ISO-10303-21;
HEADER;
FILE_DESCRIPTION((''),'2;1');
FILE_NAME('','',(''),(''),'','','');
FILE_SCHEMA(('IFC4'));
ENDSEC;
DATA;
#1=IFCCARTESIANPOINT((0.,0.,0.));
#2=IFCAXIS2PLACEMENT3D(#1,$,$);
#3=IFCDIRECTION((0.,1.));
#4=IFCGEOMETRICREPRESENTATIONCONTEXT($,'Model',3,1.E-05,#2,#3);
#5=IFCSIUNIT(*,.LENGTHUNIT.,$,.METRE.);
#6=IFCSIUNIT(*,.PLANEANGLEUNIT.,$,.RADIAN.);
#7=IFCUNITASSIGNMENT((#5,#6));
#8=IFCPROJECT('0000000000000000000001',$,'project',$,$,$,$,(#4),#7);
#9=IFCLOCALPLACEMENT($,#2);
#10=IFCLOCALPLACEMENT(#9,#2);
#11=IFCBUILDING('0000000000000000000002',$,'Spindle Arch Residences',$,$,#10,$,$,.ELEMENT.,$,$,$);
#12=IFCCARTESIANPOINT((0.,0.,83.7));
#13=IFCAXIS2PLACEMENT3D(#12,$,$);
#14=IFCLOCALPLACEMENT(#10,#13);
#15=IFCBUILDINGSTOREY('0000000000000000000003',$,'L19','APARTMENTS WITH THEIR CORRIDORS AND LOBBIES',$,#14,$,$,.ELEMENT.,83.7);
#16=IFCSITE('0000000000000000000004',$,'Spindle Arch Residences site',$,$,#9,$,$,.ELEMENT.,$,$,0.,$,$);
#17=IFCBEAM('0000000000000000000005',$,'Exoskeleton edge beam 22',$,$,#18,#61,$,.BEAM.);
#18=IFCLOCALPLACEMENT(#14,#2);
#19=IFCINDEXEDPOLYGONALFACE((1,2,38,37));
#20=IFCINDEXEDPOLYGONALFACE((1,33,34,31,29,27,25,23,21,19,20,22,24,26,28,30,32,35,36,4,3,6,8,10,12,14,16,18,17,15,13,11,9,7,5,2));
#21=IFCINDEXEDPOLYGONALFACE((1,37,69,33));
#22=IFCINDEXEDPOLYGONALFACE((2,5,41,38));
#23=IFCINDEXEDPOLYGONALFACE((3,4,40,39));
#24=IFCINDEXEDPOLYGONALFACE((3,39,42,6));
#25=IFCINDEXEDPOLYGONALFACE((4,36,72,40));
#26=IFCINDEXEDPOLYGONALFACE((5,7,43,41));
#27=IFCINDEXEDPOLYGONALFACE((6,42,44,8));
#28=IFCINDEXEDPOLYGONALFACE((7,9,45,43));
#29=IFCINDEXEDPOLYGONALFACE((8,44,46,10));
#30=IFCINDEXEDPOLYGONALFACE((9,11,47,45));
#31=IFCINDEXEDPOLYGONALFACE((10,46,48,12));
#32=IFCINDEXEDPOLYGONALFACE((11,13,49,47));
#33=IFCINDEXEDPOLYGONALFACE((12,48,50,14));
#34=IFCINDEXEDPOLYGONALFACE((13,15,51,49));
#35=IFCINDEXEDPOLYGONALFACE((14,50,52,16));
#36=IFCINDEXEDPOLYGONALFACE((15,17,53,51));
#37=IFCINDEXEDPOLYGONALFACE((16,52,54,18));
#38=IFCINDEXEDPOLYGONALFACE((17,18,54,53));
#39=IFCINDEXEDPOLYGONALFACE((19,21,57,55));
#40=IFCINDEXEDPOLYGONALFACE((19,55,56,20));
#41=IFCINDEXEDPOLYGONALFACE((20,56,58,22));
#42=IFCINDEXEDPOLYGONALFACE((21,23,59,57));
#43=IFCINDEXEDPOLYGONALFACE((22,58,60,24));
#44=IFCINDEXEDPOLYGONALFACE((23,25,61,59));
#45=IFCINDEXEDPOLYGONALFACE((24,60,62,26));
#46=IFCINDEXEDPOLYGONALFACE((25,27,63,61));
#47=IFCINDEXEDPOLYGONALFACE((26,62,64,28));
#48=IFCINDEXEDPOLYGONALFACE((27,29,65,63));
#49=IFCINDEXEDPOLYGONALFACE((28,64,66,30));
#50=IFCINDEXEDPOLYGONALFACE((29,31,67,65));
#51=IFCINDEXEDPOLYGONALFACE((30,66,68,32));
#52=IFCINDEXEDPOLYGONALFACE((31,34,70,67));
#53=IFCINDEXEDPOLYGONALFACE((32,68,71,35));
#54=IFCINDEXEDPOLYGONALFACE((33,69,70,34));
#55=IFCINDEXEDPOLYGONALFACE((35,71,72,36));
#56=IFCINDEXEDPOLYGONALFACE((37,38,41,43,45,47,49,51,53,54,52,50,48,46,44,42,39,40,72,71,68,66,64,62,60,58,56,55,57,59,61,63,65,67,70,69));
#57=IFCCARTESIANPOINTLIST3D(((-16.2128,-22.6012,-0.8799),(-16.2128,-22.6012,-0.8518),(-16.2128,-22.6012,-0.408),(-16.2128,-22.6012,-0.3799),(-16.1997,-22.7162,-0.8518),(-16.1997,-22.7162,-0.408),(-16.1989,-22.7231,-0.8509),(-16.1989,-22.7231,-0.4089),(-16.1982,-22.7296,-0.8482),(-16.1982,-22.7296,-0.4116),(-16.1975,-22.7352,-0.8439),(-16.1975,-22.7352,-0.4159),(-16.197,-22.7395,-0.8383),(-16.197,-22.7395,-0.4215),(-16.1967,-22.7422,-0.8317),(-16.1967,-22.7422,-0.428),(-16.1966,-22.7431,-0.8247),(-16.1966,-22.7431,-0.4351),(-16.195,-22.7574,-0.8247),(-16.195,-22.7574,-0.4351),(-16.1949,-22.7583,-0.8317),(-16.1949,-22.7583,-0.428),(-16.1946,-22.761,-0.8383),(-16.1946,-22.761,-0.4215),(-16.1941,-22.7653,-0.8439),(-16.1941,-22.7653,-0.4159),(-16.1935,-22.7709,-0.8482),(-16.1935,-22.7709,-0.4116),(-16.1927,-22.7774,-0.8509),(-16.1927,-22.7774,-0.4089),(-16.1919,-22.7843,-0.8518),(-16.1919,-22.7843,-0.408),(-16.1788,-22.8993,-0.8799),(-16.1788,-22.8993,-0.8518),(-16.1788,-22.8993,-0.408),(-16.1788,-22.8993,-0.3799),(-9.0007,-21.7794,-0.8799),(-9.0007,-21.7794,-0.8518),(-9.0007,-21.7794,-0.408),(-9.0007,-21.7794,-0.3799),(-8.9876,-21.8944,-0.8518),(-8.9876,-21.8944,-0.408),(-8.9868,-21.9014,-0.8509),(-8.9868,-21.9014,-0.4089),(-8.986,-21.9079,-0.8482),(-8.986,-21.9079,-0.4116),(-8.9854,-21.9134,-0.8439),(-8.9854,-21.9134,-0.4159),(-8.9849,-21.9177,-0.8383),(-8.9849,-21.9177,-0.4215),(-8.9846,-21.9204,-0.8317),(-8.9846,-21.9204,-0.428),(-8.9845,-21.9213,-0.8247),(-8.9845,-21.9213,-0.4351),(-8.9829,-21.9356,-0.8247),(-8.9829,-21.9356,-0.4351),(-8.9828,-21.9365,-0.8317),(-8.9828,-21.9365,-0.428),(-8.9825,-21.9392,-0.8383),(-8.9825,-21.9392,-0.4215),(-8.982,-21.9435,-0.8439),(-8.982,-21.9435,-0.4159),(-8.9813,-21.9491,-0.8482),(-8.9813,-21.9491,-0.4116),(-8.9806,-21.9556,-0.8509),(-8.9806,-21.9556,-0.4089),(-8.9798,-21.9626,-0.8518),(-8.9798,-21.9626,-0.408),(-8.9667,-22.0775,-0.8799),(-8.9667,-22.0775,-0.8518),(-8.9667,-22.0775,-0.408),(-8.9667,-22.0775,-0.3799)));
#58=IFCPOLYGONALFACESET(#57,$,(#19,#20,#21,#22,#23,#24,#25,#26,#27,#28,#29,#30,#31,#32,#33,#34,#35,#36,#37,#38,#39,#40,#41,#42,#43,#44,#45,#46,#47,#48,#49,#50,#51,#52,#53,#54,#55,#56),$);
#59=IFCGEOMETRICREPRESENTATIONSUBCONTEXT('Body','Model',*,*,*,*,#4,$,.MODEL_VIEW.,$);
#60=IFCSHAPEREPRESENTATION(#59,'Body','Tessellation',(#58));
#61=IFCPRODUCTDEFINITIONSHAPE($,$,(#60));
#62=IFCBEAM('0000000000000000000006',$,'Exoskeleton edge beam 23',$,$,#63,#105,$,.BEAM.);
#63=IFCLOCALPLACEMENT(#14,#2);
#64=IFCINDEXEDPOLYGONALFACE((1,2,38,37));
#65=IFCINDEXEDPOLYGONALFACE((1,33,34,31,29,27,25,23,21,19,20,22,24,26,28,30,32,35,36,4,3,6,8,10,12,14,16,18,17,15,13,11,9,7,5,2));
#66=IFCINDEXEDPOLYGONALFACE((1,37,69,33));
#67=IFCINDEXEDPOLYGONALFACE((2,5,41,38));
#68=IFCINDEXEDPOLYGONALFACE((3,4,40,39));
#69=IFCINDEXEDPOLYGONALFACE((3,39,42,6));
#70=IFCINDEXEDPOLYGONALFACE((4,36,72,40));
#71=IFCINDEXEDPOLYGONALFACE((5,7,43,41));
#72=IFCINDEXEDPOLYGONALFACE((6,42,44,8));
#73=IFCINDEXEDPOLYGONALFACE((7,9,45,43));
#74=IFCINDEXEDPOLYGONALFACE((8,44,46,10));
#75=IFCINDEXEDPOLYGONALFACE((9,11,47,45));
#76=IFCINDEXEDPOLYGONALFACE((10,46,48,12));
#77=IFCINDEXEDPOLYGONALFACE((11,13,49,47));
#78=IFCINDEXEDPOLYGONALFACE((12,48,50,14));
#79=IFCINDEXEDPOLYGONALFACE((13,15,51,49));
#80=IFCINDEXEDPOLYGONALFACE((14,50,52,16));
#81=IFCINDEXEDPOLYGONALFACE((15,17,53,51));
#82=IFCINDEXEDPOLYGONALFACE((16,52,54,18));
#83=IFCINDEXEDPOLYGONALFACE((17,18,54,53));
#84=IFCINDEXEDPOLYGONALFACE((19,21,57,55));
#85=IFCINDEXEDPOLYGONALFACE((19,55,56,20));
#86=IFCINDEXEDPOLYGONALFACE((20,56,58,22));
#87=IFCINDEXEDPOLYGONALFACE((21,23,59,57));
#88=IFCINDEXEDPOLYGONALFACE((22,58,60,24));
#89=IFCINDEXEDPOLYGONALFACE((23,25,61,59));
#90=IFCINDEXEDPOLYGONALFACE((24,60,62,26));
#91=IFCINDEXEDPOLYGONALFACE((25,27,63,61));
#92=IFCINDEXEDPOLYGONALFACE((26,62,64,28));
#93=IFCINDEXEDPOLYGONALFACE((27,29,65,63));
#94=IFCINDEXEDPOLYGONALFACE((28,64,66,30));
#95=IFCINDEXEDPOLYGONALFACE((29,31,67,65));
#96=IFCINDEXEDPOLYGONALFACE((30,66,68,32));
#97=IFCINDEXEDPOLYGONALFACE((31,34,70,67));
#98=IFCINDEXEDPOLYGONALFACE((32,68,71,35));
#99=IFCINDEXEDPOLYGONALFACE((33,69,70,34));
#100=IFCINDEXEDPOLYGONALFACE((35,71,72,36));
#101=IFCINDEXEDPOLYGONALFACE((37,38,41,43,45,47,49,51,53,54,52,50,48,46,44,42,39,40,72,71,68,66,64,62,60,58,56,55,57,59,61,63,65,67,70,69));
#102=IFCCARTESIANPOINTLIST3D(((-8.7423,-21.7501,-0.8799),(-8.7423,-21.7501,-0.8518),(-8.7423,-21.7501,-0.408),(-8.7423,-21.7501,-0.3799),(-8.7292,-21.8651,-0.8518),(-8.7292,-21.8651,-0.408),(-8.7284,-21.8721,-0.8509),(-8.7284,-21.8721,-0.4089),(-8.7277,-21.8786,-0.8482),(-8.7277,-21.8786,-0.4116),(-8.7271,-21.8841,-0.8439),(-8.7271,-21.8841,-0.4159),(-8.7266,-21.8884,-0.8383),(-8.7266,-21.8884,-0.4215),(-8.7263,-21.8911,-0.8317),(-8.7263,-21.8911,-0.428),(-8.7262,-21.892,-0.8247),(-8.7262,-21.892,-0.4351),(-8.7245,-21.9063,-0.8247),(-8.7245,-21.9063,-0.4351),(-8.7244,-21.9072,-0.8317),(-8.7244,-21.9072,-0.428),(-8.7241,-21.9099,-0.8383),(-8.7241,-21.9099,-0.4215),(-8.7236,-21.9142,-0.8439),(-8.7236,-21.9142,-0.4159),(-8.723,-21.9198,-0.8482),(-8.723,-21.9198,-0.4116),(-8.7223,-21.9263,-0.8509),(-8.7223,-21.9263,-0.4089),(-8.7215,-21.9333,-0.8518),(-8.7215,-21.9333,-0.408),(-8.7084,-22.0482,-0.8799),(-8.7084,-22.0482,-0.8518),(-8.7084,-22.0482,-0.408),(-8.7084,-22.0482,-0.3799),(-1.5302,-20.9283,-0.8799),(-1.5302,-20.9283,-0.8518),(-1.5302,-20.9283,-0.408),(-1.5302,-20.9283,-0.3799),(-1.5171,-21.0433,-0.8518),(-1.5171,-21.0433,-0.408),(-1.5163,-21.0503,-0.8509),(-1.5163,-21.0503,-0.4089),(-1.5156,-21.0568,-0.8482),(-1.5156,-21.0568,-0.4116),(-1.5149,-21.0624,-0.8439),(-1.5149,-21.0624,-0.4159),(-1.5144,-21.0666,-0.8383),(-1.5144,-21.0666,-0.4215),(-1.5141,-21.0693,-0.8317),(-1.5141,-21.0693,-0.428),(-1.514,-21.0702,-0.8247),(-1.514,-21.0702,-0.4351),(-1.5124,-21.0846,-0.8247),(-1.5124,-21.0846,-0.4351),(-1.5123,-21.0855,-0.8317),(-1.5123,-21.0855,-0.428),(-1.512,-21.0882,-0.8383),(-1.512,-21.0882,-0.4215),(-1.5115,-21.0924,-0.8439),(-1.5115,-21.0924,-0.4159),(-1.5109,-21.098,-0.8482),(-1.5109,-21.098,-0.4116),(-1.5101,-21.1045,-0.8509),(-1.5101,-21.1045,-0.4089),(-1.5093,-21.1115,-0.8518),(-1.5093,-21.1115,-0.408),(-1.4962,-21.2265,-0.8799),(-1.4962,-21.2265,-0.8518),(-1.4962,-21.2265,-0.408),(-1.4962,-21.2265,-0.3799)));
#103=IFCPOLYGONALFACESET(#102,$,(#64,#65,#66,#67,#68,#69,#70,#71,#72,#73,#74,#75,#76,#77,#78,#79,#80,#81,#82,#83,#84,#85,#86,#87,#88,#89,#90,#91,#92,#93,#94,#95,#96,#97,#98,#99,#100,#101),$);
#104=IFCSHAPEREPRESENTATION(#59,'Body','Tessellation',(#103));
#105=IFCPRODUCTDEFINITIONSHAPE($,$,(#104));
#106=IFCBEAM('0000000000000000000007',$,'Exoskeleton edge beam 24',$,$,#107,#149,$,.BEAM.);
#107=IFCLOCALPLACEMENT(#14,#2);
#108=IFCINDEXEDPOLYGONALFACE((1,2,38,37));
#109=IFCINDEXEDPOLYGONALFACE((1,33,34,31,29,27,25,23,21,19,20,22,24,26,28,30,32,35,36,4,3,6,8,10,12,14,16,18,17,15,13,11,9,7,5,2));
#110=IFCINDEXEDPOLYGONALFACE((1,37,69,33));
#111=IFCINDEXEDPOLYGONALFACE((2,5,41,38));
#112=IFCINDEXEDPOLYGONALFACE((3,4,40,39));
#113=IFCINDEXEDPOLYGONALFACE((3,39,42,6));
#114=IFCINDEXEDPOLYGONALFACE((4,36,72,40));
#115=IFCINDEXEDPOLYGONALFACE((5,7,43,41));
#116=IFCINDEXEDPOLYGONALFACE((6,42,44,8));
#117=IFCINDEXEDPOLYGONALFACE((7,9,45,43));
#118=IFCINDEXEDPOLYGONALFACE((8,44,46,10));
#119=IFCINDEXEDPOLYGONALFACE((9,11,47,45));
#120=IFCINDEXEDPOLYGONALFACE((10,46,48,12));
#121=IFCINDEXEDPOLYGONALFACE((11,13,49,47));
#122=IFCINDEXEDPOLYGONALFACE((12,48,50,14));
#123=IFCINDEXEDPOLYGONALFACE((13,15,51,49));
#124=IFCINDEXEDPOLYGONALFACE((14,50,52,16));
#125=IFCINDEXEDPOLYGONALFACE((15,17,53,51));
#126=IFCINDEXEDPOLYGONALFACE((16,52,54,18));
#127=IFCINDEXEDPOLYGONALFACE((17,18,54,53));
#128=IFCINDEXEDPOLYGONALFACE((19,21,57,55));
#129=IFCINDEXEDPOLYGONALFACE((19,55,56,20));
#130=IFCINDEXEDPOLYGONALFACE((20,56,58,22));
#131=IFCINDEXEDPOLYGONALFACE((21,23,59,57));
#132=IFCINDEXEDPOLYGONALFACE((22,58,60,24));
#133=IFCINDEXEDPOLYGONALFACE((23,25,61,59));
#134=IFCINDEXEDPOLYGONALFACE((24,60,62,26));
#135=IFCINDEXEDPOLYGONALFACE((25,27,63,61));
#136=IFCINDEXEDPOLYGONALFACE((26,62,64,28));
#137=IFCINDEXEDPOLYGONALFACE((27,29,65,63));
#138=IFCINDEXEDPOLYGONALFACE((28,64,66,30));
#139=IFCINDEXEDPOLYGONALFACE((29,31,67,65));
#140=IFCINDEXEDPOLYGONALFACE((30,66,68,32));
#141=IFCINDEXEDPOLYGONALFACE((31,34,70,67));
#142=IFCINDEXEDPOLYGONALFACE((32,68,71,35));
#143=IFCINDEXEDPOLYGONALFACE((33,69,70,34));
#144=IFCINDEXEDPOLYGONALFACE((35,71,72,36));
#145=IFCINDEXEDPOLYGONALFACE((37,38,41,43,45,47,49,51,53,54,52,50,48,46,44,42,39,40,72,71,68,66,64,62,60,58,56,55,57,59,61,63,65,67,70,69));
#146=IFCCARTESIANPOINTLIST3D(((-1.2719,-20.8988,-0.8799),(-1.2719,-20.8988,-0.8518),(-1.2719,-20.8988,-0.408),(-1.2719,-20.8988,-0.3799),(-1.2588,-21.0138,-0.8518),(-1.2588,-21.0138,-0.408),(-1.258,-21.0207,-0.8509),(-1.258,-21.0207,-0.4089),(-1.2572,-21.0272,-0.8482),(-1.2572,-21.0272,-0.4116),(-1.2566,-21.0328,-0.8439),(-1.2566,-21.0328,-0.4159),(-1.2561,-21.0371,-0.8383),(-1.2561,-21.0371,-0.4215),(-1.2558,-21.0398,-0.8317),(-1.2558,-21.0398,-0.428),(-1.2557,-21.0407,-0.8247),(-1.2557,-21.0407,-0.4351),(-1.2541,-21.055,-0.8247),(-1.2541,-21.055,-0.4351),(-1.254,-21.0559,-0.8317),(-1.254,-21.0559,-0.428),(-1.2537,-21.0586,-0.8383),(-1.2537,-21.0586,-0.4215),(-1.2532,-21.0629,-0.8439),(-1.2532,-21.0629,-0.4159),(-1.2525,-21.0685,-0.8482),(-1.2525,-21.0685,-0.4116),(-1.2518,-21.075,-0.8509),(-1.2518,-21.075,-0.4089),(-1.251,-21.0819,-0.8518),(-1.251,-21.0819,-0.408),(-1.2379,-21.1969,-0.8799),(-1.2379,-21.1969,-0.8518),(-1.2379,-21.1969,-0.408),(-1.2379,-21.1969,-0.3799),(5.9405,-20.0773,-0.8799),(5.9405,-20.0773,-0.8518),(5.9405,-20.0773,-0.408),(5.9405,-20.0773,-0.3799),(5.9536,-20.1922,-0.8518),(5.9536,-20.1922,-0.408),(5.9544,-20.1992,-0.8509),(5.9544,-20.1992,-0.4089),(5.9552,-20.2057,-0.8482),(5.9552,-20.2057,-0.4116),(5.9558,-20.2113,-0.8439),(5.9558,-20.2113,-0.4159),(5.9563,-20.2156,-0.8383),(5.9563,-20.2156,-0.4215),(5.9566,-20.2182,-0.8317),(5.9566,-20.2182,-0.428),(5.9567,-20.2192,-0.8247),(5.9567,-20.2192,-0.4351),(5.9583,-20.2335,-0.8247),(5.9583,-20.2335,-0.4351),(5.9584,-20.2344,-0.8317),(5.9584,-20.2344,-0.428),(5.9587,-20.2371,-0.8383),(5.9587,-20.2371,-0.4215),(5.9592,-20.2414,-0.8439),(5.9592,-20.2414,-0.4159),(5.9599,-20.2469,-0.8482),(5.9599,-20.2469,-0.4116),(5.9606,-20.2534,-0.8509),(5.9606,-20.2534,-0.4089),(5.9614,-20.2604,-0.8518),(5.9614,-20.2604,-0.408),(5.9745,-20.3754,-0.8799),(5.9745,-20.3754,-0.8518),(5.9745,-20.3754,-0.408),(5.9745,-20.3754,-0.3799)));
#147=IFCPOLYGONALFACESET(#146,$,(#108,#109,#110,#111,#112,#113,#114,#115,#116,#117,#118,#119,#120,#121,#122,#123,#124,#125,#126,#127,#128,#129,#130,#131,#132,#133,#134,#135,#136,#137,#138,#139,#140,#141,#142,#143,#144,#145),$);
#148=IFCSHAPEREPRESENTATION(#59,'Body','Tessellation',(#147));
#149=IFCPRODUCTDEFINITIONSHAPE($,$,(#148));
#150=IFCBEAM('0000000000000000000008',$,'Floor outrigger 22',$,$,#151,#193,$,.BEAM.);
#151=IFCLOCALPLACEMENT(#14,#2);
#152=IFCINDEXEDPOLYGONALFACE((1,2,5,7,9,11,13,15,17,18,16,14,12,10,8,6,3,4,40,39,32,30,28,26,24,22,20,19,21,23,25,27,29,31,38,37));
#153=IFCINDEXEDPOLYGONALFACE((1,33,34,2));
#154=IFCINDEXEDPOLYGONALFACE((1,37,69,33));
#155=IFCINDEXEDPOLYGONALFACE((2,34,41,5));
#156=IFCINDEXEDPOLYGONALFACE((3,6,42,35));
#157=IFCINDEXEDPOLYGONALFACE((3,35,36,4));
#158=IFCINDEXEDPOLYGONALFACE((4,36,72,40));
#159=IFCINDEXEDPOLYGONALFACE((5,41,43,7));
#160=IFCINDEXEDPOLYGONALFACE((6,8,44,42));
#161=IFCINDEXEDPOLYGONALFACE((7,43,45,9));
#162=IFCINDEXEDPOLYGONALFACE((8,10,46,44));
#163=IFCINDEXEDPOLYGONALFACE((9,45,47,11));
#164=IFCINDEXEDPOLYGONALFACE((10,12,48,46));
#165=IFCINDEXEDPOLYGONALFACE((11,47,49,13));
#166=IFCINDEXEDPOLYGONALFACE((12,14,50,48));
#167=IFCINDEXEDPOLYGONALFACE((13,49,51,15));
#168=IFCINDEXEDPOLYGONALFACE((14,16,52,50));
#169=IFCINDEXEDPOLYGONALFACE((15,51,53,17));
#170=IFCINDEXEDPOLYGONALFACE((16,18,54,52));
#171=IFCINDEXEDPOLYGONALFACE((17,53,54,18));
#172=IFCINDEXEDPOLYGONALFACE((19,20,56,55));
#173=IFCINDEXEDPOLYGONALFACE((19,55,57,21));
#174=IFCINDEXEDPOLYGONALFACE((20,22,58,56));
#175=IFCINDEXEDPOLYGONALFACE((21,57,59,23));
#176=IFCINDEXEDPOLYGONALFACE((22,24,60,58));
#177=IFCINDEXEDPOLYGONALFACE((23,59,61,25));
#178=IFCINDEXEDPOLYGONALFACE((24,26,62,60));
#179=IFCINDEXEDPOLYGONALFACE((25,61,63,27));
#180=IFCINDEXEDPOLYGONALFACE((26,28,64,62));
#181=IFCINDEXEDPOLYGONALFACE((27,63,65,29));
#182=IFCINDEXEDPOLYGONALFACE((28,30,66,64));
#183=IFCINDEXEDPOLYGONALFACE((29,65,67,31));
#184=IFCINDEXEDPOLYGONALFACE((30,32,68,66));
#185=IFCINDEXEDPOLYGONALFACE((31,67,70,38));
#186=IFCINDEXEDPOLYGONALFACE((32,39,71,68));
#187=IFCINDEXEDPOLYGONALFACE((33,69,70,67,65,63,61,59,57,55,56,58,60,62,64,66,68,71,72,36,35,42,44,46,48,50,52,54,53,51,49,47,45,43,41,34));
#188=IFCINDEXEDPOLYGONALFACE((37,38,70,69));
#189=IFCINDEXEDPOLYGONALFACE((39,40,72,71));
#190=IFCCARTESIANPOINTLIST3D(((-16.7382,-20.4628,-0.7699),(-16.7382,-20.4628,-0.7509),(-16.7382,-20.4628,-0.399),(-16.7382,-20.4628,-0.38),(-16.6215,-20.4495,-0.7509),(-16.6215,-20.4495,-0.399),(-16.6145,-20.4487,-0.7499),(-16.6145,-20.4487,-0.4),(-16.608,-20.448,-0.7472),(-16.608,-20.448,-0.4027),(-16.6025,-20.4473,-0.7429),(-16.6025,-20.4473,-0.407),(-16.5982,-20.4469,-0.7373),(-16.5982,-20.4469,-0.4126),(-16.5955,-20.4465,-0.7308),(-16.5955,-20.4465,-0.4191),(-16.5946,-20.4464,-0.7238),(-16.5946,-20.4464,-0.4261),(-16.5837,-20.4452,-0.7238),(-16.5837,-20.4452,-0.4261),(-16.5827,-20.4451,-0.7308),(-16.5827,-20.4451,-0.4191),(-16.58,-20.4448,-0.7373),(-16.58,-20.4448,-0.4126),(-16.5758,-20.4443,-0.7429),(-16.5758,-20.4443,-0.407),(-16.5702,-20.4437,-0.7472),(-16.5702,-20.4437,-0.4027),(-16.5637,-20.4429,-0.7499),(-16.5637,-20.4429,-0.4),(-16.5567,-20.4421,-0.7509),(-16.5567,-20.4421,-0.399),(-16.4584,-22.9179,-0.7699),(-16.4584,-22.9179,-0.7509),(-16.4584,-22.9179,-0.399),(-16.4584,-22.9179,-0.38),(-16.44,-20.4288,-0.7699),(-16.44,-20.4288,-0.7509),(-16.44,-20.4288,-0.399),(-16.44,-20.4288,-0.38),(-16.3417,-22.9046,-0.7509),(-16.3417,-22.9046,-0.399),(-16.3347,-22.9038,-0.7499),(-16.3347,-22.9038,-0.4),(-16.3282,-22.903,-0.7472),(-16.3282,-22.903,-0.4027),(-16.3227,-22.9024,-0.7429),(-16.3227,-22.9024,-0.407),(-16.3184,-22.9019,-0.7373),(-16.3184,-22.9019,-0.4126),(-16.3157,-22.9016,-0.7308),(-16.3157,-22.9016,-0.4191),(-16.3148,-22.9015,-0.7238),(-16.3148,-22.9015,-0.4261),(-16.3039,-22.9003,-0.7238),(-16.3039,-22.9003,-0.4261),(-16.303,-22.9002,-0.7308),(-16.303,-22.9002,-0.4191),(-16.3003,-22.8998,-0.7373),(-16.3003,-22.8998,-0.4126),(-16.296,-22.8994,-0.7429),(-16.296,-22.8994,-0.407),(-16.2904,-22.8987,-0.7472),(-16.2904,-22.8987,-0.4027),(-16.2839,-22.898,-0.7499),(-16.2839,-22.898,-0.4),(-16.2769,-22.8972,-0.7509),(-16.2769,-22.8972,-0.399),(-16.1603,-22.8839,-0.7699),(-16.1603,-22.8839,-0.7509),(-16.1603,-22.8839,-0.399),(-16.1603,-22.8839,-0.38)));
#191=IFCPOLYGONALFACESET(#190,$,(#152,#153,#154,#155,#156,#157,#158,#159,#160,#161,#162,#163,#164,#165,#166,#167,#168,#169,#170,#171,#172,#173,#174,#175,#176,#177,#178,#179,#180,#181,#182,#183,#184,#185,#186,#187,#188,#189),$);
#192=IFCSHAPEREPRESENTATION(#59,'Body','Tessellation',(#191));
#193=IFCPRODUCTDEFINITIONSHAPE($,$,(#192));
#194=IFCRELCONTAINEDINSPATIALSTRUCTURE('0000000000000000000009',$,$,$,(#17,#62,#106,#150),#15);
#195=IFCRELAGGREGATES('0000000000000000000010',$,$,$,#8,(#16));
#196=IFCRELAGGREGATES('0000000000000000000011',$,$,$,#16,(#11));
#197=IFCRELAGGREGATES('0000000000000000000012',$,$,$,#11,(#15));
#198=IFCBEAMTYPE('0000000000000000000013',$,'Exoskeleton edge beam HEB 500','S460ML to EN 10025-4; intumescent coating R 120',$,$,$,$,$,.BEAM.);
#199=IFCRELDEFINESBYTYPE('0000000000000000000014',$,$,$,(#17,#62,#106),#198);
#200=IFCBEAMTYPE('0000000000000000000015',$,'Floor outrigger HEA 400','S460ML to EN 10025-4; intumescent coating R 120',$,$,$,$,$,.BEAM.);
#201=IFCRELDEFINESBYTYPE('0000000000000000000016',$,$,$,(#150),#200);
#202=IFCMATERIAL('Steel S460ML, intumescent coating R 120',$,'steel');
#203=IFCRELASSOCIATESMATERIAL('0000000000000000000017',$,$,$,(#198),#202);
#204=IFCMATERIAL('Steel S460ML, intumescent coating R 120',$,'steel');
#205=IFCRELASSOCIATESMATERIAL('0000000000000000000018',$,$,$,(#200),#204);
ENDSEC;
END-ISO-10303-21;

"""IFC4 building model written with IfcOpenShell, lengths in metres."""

from ifc_helpers import new_model, si_unit, direction, frame, origin, origin_2d, place, context, subcontext, project, spatial, i_section, extrude, material, material_profile, profile_set, type_object, element, save


model = new_model("IFC4")

# Units and contexts
model_context = context("Model", 3, precision=1e-05, world=origin(), true_north=direction((0.0, 1.0)))
body_context = subcontext(model_context, "Body", "Model", "MODEL_VIEW")
ifc_project = project(units=[si_unit("LENGTHUNIT", "METRE"), si_unit("PLANEANGLEUNIT", "RADIAN")], contexts=[model_context])

# Site, building, storey
site_placement = place(None, origin())
site = spatial("IfcSite", under=ifc_project, at=site_placement, Name="Spindle Arch Residences site", CompositionType="ELEMENT", RefElevation=0.0)
building_placement = place(site_placement, origin())
building = spatial("IfcBuilding", under=site, at=building_placement, Name="Spindle Arch Residences", CompositionType="ELEMENT")
storey_placement = place(building_placement, frame((0.0, 0.0, 83.7)))
storey = spatial("IfcBuildingStorey", under=building, at=storey_placement, Name="L19", Description="APARTMENTS WITH THEIR CORRIDORS AND LOBBIES", CompositionType="ELEMENT", Elevation=83.7)

# Beams
ifc_material_1 = material(Name="Steel S460ML, intumescent coating R 120", Category="steel")
ifc_material_profile_1 = material_profile(ifc_material_1, i_section(OverallWidth=0.3, OverallDepth=0.5, WebThickness=0.0144, FlangeThickness=0.0281, FilletRadius=0.0271, at=origin_2d()), Name="HEB 500")
ifc_profile_set_1 = profile_set([ifc_material_profile_1], Name="Steel S460ML, intumescent coating R 120")
beam_type_1 = type_object("IfcBeamType", Name="Exoskeleton edge beam HEB 500", Description="S460ML to EN 10025-4; intumescent coating R 120", PredefinedType="BEAM", material=ifc_profile_set_1)
for number, where, z_axis, x_axis, name in (
    (1, (-16.1958, -22.7502, -0.6299), (0.993571, 0.113211, 0.0), (-0.113211, 0.993571, 0.0), "Exoskeleton edge beam 22"),
    (2, (-8.7253, -21.8992, -0.6299), (0.993571, 0.113211, 0.0), (-0.113211, 0.993571, 0.0), "Exoskeleton edge beam 23"),
):
    element("IfcBeam", number, at=place(storey_placement, frame(where, z_axis=z_axis, x_axis=x_axis)), inside=storey, type_object=beam_type_1, Name=name, PredefinedType="BEAM", context=body_context, shape_type="SweptSolid", body=[
        extrude(i_section(OverallWidth=0.3, OverallDepth=0.5, WebThickness=0.0144, FlangeThickness=0.0281, FilletRadius=0.0271, at=origin_2d()), origin(), (0.0, 0.0, 1.0), 7.2588),
    ])
beam_1_placement = place(storey_placement, frame((-1.2549, -21.0479, -0.6299), z_axis=(0.993575, 0.113174, 0.0), x_axis=(-0.113174, 0.993575, 0.0)))
element("IfcBeam", 3, at=beam_1_placement, inside=storey, type_object=beam_type_1, Name="Exoskeleton edge beam 24", PredefinedType="BEAM", context=body_context, shape_type="SweptSolid", body=[
    extrude(i_section(OverallWidth=0.3, OverallDepth=0.5, WebThickness=0.0144, FlangeThickness=0.0281, FilletRadius=0.0271, at=origin_2d()), origin(), (0.0, 0.0, 1.0), 7.259),
])
ifc_material_2 = material(Name="Steel S460ML, intumescent coating R 120", Category="steel")
ifc_material_profile_2 = material_profile(ifc_material_2, i_section(OverallWidth=0.3, OverallDepth=0.3899, WebThickness=0.011, FlangeThickness=0.019, FilletRadius=0.0271, at=origin_2d()), Name="HEA 400")
ifc_profile_set_2 = profile_set([ifc_material_profile_2], Name="Steel S460ML, intumescent coating R 120")
beam_type_2 = type_object("IfcBeamType", Name="Floor outrigger HEA 400", Description="S460ML to EN 10025-4; intumescent coating R 120", PredefinedType="BEAM", material=ifc_profile_set_2)
beam_2_placement = place(storey_placement, frame((-16.3093, -22.9009, -0.575), z_axis=(-0.113229, 0.993569, 0.0), x_axis=(-0.993569, -0.113229, 0.0)))
element("IfcBeam", 4, at=beam_2_placement, inside=storey, type_object=beam_type_2, Name="Floor outrigger 22", PredefinedType="BEAM", context=body_context, shape_type="SweptSolid", body=[
    extrude(i_section(OverallWidth=0.3, OverallDepth=0.3899, WebThickness=0.011, FlangeThickness=0.019, FilletRadius=0.0271, at=origin_2d()), origin(), (0.0, 0.0, 1.0), 2.4709),
])

save(model, "model.ifc")
